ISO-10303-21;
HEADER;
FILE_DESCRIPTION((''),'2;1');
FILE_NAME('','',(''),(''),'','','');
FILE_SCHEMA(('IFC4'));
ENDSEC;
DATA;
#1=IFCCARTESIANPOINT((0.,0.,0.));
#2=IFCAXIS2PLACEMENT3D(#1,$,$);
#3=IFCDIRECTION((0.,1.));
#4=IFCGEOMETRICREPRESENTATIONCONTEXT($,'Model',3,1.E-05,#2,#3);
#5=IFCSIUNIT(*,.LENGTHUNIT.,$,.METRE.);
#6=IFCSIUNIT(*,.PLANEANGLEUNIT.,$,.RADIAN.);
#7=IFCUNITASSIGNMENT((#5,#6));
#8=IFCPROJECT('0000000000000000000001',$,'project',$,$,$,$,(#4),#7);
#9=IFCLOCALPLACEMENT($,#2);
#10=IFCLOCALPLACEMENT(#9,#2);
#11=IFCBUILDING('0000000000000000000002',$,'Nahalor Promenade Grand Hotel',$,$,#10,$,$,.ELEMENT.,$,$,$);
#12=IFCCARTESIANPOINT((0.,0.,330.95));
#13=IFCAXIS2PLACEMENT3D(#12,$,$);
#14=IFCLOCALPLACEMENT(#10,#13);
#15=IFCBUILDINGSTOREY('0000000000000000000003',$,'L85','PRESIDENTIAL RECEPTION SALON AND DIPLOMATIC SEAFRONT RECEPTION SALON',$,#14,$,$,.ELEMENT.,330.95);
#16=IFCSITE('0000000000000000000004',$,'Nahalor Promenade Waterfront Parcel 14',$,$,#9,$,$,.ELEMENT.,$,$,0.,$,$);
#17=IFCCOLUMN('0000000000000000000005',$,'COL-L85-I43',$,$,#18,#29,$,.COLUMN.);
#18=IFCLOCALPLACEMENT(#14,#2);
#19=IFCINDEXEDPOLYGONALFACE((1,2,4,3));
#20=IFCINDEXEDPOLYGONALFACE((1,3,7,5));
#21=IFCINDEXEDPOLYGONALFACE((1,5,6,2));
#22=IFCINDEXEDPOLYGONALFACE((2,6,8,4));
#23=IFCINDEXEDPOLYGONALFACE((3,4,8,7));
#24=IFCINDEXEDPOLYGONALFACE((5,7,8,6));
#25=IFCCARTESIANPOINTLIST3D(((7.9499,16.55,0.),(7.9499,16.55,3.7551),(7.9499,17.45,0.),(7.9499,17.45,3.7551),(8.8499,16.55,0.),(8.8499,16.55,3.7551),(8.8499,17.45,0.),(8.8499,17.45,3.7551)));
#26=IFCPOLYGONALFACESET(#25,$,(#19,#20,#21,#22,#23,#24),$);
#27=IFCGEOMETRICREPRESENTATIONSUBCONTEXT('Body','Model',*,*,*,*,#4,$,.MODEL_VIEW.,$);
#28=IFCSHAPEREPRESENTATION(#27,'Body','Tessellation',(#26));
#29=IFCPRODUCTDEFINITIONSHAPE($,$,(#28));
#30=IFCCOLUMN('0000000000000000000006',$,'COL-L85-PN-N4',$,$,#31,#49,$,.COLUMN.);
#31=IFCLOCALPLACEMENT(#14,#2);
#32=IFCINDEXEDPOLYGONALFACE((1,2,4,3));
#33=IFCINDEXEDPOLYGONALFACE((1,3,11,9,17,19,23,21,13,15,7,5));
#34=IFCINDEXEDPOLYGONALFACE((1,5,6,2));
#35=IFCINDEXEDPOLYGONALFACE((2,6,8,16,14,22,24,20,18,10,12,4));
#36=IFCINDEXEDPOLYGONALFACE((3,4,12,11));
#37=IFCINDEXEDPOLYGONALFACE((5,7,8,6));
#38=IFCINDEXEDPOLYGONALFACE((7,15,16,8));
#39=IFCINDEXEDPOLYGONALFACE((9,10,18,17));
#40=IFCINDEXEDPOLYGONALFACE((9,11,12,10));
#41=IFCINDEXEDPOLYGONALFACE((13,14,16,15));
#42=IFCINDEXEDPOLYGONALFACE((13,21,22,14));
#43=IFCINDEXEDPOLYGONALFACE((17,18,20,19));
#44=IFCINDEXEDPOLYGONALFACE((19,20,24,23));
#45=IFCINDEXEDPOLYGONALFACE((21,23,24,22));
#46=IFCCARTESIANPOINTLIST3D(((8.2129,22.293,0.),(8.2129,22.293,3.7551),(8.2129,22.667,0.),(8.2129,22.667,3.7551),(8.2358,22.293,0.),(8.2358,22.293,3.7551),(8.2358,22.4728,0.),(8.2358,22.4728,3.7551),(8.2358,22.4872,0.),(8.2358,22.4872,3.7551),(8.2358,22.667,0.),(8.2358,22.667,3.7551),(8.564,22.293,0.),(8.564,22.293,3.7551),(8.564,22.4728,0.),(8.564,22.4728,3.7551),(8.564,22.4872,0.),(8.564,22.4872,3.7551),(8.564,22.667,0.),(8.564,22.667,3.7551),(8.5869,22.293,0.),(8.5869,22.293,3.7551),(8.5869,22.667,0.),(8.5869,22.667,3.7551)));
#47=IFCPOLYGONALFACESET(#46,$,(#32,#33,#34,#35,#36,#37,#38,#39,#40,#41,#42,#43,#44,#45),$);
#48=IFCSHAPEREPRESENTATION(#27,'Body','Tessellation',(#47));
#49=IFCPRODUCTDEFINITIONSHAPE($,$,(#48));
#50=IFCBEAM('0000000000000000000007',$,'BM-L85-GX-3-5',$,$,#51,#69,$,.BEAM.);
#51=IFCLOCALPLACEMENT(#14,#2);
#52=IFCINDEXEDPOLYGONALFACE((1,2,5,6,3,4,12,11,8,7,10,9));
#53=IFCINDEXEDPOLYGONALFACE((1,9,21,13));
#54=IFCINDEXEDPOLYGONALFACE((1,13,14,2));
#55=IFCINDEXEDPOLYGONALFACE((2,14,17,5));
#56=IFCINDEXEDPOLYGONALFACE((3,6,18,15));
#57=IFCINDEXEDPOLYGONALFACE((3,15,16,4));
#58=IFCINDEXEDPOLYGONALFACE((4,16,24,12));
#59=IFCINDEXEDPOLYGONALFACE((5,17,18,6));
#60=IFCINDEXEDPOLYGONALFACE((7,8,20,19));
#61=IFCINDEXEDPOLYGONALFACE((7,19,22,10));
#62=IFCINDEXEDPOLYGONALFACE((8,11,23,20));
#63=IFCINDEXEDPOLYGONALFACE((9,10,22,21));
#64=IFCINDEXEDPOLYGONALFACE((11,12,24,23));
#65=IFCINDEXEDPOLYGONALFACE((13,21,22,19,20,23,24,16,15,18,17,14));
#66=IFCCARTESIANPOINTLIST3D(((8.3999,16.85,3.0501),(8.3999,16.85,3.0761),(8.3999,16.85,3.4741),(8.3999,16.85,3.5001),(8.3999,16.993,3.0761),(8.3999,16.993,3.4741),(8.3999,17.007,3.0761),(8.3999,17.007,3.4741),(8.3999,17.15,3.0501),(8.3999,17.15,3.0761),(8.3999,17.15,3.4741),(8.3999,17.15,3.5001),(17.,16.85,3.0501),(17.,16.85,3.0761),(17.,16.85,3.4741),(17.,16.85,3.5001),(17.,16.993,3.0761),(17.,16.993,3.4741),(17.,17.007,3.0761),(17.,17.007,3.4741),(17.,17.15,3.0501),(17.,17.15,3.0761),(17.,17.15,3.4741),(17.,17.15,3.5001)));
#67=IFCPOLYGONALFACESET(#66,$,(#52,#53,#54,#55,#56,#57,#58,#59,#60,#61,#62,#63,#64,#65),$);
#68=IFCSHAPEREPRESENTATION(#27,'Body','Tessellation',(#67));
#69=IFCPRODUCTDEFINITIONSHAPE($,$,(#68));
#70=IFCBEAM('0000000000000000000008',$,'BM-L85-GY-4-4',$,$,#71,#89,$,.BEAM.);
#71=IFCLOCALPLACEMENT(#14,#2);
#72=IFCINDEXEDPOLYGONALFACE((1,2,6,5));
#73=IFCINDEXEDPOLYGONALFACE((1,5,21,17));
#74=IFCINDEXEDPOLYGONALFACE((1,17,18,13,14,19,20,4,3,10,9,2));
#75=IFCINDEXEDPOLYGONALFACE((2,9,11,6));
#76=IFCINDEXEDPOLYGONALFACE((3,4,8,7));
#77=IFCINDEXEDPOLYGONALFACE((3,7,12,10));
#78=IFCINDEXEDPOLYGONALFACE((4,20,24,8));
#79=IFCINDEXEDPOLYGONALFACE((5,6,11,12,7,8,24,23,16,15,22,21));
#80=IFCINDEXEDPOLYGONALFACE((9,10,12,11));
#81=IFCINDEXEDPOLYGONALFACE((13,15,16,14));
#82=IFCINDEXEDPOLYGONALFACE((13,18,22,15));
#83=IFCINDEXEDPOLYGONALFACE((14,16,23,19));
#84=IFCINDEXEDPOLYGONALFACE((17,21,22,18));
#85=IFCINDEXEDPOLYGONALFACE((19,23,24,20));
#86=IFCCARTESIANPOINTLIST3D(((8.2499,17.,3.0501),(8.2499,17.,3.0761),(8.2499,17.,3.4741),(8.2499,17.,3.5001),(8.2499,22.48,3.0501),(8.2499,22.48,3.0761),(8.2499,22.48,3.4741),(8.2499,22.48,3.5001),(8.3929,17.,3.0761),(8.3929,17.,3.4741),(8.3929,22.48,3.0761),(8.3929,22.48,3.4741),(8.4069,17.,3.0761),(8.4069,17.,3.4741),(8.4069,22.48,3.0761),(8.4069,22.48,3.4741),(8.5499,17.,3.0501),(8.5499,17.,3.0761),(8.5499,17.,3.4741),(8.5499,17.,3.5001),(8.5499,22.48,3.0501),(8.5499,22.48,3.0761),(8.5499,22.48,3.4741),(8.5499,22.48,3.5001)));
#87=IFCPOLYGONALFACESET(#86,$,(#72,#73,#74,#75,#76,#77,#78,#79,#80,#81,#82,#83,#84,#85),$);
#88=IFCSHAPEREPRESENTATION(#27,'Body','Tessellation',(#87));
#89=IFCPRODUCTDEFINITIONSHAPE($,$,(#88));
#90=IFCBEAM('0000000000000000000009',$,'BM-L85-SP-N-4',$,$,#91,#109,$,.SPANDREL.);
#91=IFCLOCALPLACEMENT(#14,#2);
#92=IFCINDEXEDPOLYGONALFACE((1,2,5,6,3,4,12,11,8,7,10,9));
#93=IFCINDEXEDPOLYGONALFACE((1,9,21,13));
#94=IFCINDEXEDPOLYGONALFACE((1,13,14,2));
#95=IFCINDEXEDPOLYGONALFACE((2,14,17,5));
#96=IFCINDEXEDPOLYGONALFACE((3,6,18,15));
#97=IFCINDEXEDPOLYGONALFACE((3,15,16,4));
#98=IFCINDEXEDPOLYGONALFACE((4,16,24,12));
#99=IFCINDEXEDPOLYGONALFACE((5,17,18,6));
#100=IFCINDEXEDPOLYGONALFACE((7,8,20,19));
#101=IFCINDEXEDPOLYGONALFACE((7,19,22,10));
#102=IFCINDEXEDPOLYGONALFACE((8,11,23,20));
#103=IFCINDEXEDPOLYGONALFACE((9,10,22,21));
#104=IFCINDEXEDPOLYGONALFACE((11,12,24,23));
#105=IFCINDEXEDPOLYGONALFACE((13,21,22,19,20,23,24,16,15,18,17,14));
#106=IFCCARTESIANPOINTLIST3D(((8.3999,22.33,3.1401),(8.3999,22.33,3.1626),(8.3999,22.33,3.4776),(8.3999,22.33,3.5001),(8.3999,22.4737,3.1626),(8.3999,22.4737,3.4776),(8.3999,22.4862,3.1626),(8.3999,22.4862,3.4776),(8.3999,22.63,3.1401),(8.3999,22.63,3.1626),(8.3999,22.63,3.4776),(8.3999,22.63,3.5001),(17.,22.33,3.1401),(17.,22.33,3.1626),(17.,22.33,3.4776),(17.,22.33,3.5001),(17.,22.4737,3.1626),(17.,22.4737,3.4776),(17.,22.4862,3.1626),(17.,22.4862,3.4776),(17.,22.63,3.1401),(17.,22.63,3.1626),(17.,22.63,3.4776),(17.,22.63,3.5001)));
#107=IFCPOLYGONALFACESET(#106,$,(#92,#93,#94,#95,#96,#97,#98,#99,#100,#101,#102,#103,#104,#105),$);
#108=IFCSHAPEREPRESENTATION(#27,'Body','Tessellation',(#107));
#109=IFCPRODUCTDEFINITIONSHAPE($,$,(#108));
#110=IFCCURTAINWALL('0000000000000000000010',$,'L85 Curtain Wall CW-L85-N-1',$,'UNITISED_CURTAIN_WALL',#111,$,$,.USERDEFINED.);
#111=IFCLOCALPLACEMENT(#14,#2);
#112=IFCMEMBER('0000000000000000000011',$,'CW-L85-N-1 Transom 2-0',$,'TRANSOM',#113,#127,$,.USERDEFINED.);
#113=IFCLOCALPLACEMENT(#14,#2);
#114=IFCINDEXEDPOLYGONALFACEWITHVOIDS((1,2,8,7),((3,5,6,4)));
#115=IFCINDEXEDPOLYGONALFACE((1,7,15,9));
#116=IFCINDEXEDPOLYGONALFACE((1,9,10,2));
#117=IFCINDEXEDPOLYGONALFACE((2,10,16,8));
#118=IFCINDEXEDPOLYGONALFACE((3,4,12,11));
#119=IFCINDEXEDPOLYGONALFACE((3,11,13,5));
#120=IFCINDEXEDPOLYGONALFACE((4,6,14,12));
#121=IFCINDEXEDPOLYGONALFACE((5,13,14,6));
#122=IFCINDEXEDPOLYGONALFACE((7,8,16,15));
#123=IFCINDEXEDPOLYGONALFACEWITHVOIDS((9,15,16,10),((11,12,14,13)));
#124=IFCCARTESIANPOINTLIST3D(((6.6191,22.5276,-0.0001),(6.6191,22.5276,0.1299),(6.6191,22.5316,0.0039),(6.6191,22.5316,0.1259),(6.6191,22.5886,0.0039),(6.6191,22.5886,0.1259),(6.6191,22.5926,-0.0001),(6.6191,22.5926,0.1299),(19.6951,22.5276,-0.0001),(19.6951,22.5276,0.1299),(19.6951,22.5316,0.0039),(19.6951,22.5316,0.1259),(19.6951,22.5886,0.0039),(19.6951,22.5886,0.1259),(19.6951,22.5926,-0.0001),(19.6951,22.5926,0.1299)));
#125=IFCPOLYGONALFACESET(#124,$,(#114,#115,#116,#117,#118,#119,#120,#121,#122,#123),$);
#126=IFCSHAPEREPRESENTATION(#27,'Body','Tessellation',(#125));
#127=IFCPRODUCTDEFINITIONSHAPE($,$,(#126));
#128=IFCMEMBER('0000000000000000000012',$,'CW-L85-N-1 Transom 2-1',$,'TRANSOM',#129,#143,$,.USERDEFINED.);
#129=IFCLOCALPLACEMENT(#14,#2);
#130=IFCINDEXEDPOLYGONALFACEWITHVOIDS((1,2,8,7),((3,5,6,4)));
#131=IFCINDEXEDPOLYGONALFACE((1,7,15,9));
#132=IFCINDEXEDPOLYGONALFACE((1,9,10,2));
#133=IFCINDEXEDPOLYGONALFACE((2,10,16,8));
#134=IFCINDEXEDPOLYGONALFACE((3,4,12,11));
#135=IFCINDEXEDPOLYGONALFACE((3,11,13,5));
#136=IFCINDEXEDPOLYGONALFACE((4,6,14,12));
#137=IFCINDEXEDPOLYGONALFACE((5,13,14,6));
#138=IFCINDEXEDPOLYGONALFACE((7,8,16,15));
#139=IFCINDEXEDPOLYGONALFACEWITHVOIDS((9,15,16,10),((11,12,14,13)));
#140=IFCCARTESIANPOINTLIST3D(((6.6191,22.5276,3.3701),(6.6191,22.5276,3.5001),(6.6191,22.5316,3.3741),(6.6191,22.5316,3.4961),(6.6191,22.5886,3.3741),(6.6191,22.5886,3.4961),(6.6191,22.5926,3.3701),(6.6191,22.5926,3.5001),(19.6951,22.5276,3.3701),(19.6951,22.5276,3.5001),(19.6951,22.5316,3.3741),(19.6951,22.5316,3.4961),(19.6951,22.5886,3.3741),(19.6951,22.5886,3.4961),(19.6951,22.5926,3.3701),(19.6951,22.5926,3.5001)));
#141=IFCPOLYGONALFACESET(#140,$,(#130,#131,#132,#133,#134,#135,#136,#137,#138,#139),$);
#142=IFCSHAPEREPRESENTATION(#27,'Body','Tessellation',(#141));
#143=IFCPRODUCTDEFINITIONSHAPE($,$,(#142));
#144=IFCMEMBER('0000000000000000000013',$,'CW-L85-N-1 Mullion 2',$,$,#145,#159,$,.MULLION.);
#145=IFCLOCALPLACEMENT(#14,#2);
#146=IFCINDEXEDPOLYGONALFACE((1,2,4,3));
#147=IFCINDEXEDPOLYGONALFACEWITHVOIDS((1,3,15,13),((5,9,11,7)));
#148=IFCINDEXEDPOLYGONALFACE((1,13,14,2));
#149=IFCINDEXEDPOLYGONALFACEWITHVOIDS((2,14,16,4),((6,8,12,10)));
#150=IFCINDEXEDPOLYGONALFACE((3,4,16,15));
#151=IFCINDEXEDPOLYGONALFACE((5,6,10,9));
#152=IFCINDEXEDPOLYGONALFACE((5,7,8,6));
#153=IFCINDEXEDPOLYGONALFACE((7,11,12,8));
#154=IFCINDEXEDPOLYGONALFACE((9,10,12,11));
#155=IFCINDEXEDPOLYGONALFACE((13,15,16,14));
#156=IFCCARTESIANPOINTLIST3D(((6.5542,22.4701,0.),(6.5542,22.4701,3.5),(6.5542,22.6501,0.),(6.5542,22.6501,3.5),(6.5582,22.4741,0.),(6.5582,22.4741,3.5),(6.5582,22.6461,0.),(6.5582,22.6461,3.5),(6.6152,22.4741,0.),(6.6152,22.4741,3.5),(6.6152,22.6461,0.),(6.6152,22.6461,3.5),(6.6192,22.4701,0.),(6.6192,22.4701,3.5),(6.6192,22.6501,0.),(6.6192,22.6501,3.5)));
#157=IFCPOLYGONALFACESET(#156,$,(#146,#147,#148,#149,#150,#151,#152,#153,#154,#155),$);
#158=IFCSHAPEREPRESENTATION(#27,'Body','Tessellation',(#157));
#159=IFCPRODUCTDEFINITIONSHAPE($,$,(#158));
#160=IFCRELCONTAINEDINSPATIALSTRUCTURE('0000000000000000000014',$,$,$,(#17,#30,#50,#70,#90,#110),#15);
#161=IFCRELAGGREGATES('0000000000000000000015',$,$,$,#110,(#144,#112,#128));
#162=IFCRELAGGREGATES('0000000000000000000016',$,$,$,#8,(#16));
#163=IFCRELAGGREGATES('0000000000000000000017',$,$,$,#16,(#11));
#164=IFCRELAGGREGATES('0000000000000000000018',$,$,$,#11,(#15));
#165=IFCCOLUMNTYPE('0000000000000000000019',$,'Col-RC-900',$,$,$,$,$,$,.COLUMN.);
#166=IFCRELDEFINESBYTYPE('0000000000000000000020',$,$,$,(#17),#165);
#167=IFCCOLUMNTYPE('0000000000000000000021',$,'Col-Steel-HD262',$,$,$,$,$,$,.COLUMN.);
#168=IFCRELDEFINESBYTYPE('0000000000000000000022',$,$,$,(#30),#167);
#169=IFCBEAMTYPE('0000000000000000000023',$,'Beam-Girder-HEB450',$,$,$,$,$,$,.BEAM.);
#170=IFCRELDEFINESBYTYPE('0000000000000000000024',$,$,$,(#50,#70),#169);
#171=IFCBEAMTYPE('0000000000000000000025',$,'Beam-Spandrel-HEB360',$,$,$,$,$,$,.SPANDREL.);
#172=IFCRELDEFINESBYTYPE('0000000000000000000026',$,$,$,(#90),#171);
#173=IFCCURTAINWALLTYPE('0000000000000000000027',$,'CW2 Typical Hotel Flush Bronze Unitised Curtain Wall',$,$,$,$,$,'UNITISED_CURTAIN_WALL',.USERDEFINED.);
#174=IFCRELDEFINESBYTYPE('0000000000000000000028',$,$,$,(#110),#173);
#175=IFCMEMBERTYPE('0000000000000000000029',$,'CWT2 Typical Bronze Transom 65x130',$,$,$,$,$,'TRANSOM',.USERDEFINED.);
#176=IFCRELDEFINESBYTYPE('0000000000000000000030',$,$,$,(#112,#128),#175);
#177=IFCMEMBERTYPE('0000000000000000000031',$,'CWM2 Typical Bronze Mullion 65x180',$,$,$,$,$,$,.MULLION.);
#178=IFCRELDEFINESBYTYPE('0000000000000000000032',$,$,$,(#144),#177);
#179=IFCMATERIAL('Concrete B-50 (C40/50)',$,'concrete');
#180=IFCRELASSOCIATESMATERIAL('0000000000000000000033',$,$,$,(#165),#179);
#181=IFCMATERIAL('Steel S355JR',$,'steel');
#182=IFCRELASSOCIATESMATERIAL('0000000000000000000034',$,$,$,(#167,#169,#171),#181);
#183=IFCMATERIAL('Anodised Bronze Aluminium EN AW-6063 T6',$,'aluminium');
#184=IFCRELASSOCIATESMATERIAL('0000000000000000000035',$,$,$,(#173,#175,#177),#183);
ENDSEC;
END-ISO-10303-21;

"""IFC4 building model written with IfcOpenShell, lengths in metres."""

from ifc_helpers import new_model, si_unit, direction, frame, origin, origin_2d, place, context, subcontext, project, spatial, rectangle, hollow_rectangle, i_section, extrude, source, transform, mapped, material, material_profile, profile_set, type_object, element, aggregate, save


model = new_model("IFC4")

# Units and contexts
model_context = context("Model", 3, precision=1e-05, world=origin(), true_north=direction((0.0, 1.0)))
body_context = subcontext(model_context, "Body", "Model", "MODEL_VIEW")
ifc_project = project(units=[si_unit("LENGTHUNIT", "METRE"), si_unit("PLANEANGLEUNIT", "RADIAN")], contexts=[model_context])

# Site, building, storey
site_placement = place(None, origin())
site = spatial("IfcSite", under=ifc_project, at=site_placement, Name="Nahalor Promenade Waterfront Parcel 14", CompositionType="ELEMENT", RefElevation=0.0)
building_placement = place(site_placement, origin())
building = spatial("IfcBuilding", under=site, at=building_placement, Name="Nahalor Promenade Grand Hotel", CompositionType="ELEMENT")
storey_placement = place(building_placement, frame((0.0, 0.0, 330.95)))
storey = spatial("IfcBuildingStorey", under=building, at=storey_placement, Name="L85", Description="PRESIDENTIAL RECEPTION SALON AND DIPLOMATIC SEAFRONT RECEPTION SALON", CompositionType="ELEMENT", Elevation=330.95)

# Columns
ifc_material_1 = material(Name="Concrete B-50 (C40/50)", Category="concrete")
ifc_material_profile_1 = material_profile(ifc_material_1, rectangle(XDim=0.9, YDim=0.9, at=origin_2d()), Name="RC 900x900")
ifc_profile_set_1 = profile_set([ifc_material_profile_1], Name="Concrete B-50 (C40/50)")
column_type_1 = type_object("IfcColumnType", Name="Col-RC-900", PredefinedType="COLUMN", material=ifc_profile_set_1)
shared_shape_1 = source(origin(), body_context, "Body", "SweptSolid", [
    extrude(rectangle(XDim=0.9, YDim=0.9, at=origin_2d()), origin(), (0.0, 0.0, 1.0), 3.7551),
])
column_1_placement = place(storey_placement, frame((8.3999, 17.0, 0.0), z_axis=(0.0, 0.0, 1.0), x_axis=(1.0, 0.0, 0.0)))
element("IfcColumn", 1, at=column_1_placement, inside=storey, type_object=column_type_1, Name="COL-L85-I43", PredefinedType="COLUMN", context=body_context, shape_type="MappedRepresentation", body=[
    mapped(shared_shape_1, transform((0.0, 0.0, 0.0), scale=1.0)),
])
ifc_material_2 = material(Name="Steel S355JR", Category="steel")
ifc_material_profile_2 = material_profile(ifc_material_2, i_section(OverallWidth=0.374, OverallDepth=0.374, WebThickness=0.0144, FlangeThickness=0.0229, at=origin_2d()), Name="HD 360x262")
ifc_profile_set_2 = profile_set([ifc_material_profile_2], Name="Steel S355JR")
column_type_2 = type_object("IfcColumnType", Name="Col-Steel-HD262", PredefinedType="COLUMN", material=ifc_profile_set_2)
shared_shape_2 = source(origin(), body_context, "Body", "SweptSolid", [
    extrude(i_section(OverallWidth=0.374, OverallDepth=0.374, WebThickness=0.0144, FlangeThickness=0.0229, at=origin_2d()), origin(), (0.0, 0.0, 1.0), 3.7551),
])
column_2_placement = place(storey_placement, frame((8.3999, 22.48, 0.0), z_axis=(0.0, 0.0, 1.0), x_axis=(0.0, 1.0, 0.0)))
element("IfcColumn", 2, at=column_2_placement, inside=storey, type_object=column_type_2, Name="COL-L85-PN-N4", PredefinedType="COLUMN", context=body_context, shape_type="MappedRepresentation", body=[
    mapped(shared_shape_2, transform((0.0, 0.0, 0.0), scale=1.0)),
])

# Beams
ifc_material_profile_3 = material_profile(ifc_material_2, i_section(OverallWidth=0.3, OverallDepth=0.45, WebThickness=0.014, FlangeThickness=0.026, at=origin_2d()), Name="HEB 450")
ifc_profile_set_3 = profile_set([ifc_material_profile_3], Name="Steel S355JR")
beam_type_1 = type_object("IfcBeamType", Name="Beam-Girder-HEB450", PredefinedType="BEAM", material=ifc_profile_set_3)
shared_shape_3 = source(origin(), body_context, "Body", "SweptSolid", [
    extrude(i_section(OverallWidth=0.3, OverallDepth=0.45, WebThickness=0.014, FlangeThickness=0.026, at=origin_2d()), origin(), (0.0, 0.0, 1.0), 8.6001),
])
beam_1_placement = place(storey_placement, frame((8.3999, 17.0, 3.2751), z_axis=(1.0, 0.0, 0.0), x_axis=(0.0, 1.0, 0.0)))
element("IfcBeam", 3, at=beam_1_placement, inside=storey, type_object=beam_type_1, Name="BM-L85-GX-3-5", PredefinedType="BEAM", context=body_context, shape_type="MappedRepresentation", body=[
    mapped(shared_shape_3, transform((0.0, 0.0, 0.0), scale=1.0)),
])
shared_shape_4 = source(origin(), body_context, "Body", "SweptSolid", [
    extrude(i_section(OverallWidth=0.3, OverallDepth=0.45, WebThickness=0.014, FlangeThickness=0.026, at=origin_2d()), origin(), (0.0, 0.0, 1.0), 5.48),
])
beam_2_placement = place(storey_placement, frame((8.3999, 17.0, 3.2751), z_axis=(0.0, 1.0, 0.0), x_axis=(-1.0, 0.0, 0.0)))
element("IfcBeam", 4, at=beam_2_placement, inside=storey, type_object=beam_type_1, Name="BM-L85-GY-4-4", PredefinedType="BEAM", context=body_context, shape_type="MappedRepresentation", body=[
    mapped(shared_shape_4, transform((0.0, 0.0, 0.0), scale=1.0)),
])
ifc_material_profile_4 = material_profile(ifc_material_2, i_section(OverallWidth=0.3, OverallDepth=0.36, WebThickness=0.0125, FlangeThickness=0.0225, at=origin_2d()), Name="HEB 360")
ifc_profile_set_4 = profile_set([ifc_material_profile_4], Name="Steel S355JR")
beam_type_2 = type_object("IfcBeamType", Name="Beam-Spandrel-HEB360", PredefinedType="SPANDREL", material=ifc_profile_set_4)
shared_shape_5 = source(origin(), body_context, "Body", "SweptSolid", [
    extrude(i_section(OverallWidth=0.3, OverallDepth=0.36, WebThickness=0.0125, FlangeThickness=0.0225, at=origin_2d()), origin(), (0.0, 0.0, 1.0), 8.6001),
])
beam_3_placement = place(storey_placement, frame((8.3999, 22.48, 3.3201), z_axis=(1.0, 0.0, 0.0), x_axis=(0.0, 1.0, 0.0)))
element("IfcBeam", 5, at=beam_3_placement, inside=storey, type_object=beam_type_2, Name="BM-L85-SP-N-4", PredefinedType="SPANDREL", context=body_context, shape_type="MappedRepresentation", body=[
    mapped(shared_shape_5, transform((0.0, 0.0, 0.0), scale=1.0)),
])

# Curtain wall, members
ifc_material_3 = material(Name="Anodised Bronze Aluminium EN AW-6063 T6", Category="aluminium")
curtain_wall_type = type_object("IfcCurtainWallType", Name="CW2 Typical Hotel Flush Bronze Unitised Curtain Wall", ElementType="UNITISED_CURTAIN_WALL", PredefinedType="USERDEFINED", material=ifc_material_3)
curtain_wall_placement = place(storey_placement, origin())
curtain_wall = element("IfcCurtainWall", 6, at=curtain_wall_placement, inside=storey, type_object=curtain_wall_type, Name="L85 Curtain Wall CW-L85-N-1", ObjectType="UNITISED_CURTAIN_WALL", PredefinedType="USERDEFINED")
ifc_material_profile_5 = material_profile(ifc_material_3, hollow_rectangle(XDim=0.065, YDim=0.13, WallThickness=0.004, at=origin_2d()), Name="CWT 65x130x4")
ifc_profile_set_5 = profile_set([ifc_material_profile_5], Name="Anodised Bronze Aluminium EN AW-6063 T6")
member_type_1 = type_object("IfcMemberType", Name="CWT2 Typical Bronze Transom 65x130", ElementType="TRANSOM", PredefinedType="USERDEFINED", material=ifc_profile_set_5)
shared_shape_6 = source(origin(), body_context, "Body", "SweptSolid", [
    extrude(hollow_rectangle(XDim=0.065, YDim=0.13, WallThickness=0.004, at=origin_2d()), origin(), (0.0, 0.0, 1.0), 13.0759),
])
member_1_placement = place(storey_placement, frame((6.6191, 22.5601, 0.0649), z_axis=(1.0, 0.0, 0.0), x_axis=(0.0, 1.0, 0.0)))
member_1 = element("IfcMember", 7, at=member_1_placement, type_object=member_type_1, Name="CW-L85-N-1 Transom 2-0", ObjectType="TRANSOM", PredefinedType="USERDEFINED", context=body_context, shape_type="MappedRepresentation", body=[
    mapped(shared_shape_6, transform((0.0, 0.0, 0.0), scale=1.0)),
])
member_2_placement = place(storey_placement, frame((6.6191, 22.5601, 3.4351), z_axis=(1.0, 0.0, 0.0), x_axis=(0.0, 1.0, 0.0)))
member_2 = element("IfcMember", 8, at=member_2_placement, type_object=member_type_1, Name="CW-L85-N-1 Transom 2-1", ObjectType="TRANSOM", PredefinedType="USERDEFINED", context=body_context, shape_type="MappedRepresentation", body=[
    mapped(shared_shape_6, transform((0.0, 0.0, 0.0), scale=1.0)),
])
ifc_material_profile_6 = material_profile(ifc_material_3, hollow_rectangle(XDim=0.065, YDim=0.18, WallThickness=0.004, at=origin_2d()), Name="CWM 65x180x4")
ifc_profile_set_6 = profile_set([ifc_material_profile_6], Name="Anodised Bronze Aluminium EN AW-6063 T6")
member_type_2 = type_object("IfcMemberType", Name="CWM2 Typical Bronze Mullion 65x180", PredefinedType="MULLION", material=ifc_profile_set_6)
shared_shape_7 = source(origin(), body_context, "Body", "SweptSolid", [
    extrude(hollow_rectangle(XDim=0.065, YDim=0.18, WallThickness=0.004, at=origin_2d()), origin(), (0.0, 0.0, 1.0), 3.5),
])
member_3_placement = place(storey_placement, frame((6.5867, 22.5601, 0.0), z_axis=(0.0, 0.0, 1.0), x_axis=(1.0, 0.0, 0.0)))
member_3 = element("IfcMember", 9, at=member_3_placement, type_object=member_type_2, Name="CW-L85-N-1 Mullion 2", PredefinedType="MULLION", context=body_context, shape_type="MappedRepresentation", body=[
    mapped(shared_shape_7, transform((0.0, 0.0, 0.0), scale=1.0)),
])
aggregate(curtain_wall, [member_3, member_1, member_2])

save(model, "model.ifc")
